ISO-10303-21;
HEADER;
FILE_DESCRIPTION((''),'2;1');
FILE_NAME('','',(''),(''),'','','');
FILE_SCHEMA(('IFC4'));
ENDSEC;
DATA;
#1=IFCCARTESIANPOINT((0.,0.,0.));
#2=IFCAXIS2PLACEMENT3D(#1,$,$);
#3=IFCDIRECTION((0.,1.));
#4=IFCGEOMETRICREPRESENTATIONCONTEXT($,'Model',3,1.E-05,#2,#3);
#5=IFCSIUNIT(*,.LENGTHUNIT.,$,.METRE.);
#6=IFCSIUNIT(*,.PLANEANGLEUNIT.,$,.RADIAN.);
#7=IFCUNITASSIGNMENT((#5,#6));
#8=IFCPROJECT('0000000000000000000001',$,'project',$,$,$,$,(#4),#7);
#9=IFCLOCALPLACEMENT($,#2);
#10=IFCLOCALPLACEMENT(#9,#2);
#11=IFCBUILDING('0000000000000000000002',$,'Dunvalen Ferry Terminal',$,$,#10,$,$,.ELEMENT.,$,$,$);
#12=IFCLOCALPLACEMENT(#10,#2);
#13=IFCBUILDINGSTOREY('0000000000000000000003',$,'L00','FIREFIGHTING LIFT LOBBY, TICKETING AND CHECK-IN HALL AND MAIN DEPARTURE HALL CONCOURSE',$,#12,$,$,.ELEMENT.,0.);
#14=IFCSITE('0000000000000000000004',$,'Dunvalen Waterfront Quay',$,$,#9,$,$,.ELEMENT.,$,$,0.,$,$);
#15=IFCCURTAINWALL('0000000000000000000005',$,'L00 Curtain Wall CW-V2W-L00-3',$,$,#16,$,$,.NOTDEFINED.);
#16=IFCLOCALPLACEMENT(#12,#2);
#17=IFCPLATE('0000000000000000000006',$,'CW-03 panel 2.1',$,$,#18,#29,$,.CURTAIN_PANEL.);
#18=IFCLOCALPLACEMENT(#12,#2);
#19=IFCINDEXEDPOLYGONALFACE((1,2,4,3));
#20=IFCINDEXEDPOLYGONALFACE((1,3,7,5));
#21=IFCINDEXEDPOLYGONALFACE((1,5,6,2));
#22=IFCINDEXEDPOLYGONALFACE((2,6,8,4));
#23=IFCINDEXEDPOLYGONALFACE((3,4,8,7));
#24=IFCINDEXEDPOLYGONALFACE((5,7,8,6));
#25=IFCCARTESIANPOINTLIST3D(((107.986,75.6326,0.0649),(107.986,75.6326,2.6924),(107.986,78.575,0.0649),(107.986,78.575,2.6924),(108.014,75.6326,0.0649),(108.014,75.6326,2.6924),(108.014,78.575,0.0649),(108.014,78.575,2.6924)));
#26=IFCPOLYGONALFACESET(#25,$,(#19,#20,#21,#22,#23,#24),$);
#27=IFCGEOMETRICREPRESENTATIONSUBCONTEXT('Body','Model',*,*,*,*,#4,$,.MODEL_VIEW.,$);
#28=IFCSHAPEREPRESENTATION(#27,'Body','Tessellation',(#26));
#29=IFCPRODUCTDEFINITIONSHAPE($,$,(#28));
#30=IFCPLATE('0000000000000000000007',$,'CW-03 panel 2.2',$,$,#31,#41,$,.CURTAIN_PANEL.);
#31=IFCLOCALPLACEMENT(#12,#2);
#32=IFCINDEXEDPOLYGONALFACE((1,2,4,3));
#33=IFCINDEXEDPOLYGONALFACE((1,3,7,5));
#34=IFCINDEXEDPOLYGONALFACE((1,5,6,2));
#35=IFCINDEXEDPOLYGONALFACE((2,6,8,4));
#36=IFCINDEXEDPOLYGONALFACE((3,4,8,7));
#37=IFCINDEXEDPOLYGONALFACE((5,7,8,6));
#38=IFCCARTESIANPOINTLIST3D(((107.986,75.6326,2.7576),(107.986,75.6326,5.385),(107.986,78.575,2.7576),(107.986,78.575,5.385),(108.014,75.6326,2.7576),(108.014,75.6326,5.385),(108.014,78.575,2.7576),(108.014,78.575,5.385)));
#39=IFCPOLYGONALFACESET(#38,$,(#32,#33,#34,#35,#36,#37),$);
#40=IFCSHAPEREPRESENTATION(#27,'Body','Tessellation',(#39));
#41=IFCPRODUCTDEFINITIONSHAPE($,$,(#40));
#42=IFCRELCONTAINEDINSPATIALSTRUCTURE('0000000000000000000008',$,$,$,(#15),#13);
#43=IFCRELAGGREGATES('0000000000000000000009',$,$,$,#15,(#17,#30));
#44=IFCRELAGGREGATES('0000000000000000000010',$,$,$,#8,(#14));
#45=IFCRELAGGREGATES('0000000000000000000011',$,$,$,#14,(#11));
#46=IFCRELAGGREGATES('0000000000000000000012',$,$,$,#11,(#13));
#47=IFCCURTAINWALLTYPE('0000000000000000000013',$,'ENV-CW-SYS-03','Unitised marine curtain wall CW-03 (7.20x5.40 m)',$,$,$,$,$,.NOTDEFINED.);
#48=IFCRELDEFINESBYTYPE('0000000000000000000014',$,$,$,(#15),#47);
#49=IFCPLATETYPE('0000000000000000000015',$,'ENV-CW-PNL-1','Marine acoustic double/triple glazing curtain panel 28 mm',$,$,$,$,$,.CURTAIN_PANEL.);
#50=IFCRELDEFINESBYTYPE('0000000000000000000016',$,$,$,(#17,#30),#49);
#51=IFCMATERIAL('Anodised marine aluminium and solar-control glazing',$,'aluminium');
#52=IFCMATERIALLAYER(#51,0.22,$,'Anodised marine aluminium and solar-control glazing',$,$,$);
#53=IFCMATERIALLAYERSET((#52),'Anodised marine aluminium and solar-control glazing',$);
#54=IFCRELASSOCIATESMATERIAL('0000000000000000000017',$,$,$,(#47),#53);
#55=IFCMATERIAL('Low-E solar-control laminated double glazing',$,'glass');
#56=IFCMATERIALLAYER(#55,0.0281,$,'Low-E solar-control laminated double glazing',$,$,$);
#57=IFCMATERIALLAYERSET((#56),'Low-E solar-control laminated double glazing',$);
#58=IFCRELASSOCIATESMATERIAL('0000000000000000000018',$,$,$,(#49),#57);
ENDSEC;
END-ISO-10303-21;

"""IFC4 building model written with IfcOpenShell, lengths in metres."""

from ifc_helpers import new_model, si_unit, direction, frame, origin, origin_2d, place, context, subcontext, project, spatial, rectangle, extrude, material, layer, layer_set, type_object, element, aggregate, save


model = new_model("IFC4")

# Units and contexts
model_context = context("Model", 3, precision=1e-05, world=origin(), true_north=direction((0.0, 1.0)))
body_context = subcontext(model_context, "Body", "Model", "MODEL_VIEW")
ifc_project = project(units=[si_unit("LENGTHUNIT", "METRE"), si_unit("PLANEANGLEUNIT", "RADIAN")], contexts=[model_context])

# Site, building, storey
site_placement = place(None, origin())
site = spatial("IfcSite", under=ifc_project, at=site_placement, Name="Dunvalen Waterfront Quay", CompositionType="ELEMENT", RefElevation=0.0)
building_placement = place(site_placement, origin())
building = spatial("IfcBuilding", under=site, at=building_placement, Name="Dunvalen Ferry Terminal", CompositionType="ELEMENT")
storey_placement = place(building_placement, origin())
storey = spatial("IfcBuildingStorey", under=building, at=storey_placement, Name="L00", Description="FIREFIGHTING LIFT LOBBY, TICKETING AND CHECK-IN HALL AND MAIN DEPARTURE HALL CONCOURSE", CompositionType="ELEMENT", Elevation=0.0)

# Shared definitions
ifc_material_1 = material(Name="Anodised marine aluminium and solar-control glazing", Category="aluminium")
ifc_layer_1 = layer(ifc_material_1, 0.22, Name="Anodised marine aluminium and solar-control glazing")
ifc_layer_set_1 = layer_set([ifc_layer_1], Name="Anodised marine aluminium and solar-control glazing")
curtain_wall_type = type_object("IfcCurtainWallType", Name="ENV-CW-SYS-03", Description="Unitised marine curtain wall CW-03 (7.20x5.40 m)", PredefinedType="NOTDEFINED", material=ifc_layer_set_1)

# Curtain wall
curtain_wall_1_placement = place(storey_placement, origin())
curtain_wall_1 = element("IfcCurtainWall", 1, at=curtain_wall_1_placement, inside=storey, type_object=curtain_wall_type, Name="L00 Curtain Wall CW-V2W-L00-3", PredefinedType="NOTDEFINED")

# Plates
ifc_material_2 = material(Name="Low-E solar-control laminated double glazing", Category="glass")
ifc_layer_2 = layer(ifc_material_2, 0.0281, Name="Low-E solar-control laminated double glazing")
ifc_layer_set_2 = layer_set([ifc_layer_2], Name="Low-E solar-control laminated double glazing")
plate_type = type_object("IfcPlateType", Name="ENV-CW-PNL-1", Description="Marine acoustic double/triple glazing curtain panel 28 mm", PredefinedType="CURTAIN_PANEL", material=ifc_layer_set_2)
plate_1_placement = place(storey_placement, frame((108.0, 77.1038, 0.0649), z_axis=(0.0, 0.0, 1.0), x_axis=(0.0, 1.0, 0.0)))
plate_1 = element("IfcPlate", 2, at=plate_1_placement, type_object=plate_type, Name="CW-03 panel 2.1", PredefinedType="CURTAIN_PANEL", context=body_context, shape_type="SweptSolid", body=[
    extrude(rectangle(XDim=2.9424, YDim=0.0281, at=origin_2d()), origin(), (0.0, 0.0, 1.0), 2.6274),
])
plate_2_placement = place(storey_placement, frame((108.0, 77.1038, 2.7576), z_axis=(0.0, 0.0, 1.0), x_axis=(0.0, 1.0, 0.0)))
plate_2 = element("IfcPlate", 3, at=plate_2_placement, type_object=plate_type, Name="CW-03 panel 2.2", PredefinedType="CURTAIN_PANEL", context=body_context, shape_type="SweptSolid", body=[
    extrude(rectangle(XDim=2.9424, YDim=0.0281, at=origin_2d()), origin(), (0.0, 0.0, 1.0), 2.6274),
])
aggregate(curtain_wall_1, [plate_1, plate_2])

save(model, "model.ifc")
